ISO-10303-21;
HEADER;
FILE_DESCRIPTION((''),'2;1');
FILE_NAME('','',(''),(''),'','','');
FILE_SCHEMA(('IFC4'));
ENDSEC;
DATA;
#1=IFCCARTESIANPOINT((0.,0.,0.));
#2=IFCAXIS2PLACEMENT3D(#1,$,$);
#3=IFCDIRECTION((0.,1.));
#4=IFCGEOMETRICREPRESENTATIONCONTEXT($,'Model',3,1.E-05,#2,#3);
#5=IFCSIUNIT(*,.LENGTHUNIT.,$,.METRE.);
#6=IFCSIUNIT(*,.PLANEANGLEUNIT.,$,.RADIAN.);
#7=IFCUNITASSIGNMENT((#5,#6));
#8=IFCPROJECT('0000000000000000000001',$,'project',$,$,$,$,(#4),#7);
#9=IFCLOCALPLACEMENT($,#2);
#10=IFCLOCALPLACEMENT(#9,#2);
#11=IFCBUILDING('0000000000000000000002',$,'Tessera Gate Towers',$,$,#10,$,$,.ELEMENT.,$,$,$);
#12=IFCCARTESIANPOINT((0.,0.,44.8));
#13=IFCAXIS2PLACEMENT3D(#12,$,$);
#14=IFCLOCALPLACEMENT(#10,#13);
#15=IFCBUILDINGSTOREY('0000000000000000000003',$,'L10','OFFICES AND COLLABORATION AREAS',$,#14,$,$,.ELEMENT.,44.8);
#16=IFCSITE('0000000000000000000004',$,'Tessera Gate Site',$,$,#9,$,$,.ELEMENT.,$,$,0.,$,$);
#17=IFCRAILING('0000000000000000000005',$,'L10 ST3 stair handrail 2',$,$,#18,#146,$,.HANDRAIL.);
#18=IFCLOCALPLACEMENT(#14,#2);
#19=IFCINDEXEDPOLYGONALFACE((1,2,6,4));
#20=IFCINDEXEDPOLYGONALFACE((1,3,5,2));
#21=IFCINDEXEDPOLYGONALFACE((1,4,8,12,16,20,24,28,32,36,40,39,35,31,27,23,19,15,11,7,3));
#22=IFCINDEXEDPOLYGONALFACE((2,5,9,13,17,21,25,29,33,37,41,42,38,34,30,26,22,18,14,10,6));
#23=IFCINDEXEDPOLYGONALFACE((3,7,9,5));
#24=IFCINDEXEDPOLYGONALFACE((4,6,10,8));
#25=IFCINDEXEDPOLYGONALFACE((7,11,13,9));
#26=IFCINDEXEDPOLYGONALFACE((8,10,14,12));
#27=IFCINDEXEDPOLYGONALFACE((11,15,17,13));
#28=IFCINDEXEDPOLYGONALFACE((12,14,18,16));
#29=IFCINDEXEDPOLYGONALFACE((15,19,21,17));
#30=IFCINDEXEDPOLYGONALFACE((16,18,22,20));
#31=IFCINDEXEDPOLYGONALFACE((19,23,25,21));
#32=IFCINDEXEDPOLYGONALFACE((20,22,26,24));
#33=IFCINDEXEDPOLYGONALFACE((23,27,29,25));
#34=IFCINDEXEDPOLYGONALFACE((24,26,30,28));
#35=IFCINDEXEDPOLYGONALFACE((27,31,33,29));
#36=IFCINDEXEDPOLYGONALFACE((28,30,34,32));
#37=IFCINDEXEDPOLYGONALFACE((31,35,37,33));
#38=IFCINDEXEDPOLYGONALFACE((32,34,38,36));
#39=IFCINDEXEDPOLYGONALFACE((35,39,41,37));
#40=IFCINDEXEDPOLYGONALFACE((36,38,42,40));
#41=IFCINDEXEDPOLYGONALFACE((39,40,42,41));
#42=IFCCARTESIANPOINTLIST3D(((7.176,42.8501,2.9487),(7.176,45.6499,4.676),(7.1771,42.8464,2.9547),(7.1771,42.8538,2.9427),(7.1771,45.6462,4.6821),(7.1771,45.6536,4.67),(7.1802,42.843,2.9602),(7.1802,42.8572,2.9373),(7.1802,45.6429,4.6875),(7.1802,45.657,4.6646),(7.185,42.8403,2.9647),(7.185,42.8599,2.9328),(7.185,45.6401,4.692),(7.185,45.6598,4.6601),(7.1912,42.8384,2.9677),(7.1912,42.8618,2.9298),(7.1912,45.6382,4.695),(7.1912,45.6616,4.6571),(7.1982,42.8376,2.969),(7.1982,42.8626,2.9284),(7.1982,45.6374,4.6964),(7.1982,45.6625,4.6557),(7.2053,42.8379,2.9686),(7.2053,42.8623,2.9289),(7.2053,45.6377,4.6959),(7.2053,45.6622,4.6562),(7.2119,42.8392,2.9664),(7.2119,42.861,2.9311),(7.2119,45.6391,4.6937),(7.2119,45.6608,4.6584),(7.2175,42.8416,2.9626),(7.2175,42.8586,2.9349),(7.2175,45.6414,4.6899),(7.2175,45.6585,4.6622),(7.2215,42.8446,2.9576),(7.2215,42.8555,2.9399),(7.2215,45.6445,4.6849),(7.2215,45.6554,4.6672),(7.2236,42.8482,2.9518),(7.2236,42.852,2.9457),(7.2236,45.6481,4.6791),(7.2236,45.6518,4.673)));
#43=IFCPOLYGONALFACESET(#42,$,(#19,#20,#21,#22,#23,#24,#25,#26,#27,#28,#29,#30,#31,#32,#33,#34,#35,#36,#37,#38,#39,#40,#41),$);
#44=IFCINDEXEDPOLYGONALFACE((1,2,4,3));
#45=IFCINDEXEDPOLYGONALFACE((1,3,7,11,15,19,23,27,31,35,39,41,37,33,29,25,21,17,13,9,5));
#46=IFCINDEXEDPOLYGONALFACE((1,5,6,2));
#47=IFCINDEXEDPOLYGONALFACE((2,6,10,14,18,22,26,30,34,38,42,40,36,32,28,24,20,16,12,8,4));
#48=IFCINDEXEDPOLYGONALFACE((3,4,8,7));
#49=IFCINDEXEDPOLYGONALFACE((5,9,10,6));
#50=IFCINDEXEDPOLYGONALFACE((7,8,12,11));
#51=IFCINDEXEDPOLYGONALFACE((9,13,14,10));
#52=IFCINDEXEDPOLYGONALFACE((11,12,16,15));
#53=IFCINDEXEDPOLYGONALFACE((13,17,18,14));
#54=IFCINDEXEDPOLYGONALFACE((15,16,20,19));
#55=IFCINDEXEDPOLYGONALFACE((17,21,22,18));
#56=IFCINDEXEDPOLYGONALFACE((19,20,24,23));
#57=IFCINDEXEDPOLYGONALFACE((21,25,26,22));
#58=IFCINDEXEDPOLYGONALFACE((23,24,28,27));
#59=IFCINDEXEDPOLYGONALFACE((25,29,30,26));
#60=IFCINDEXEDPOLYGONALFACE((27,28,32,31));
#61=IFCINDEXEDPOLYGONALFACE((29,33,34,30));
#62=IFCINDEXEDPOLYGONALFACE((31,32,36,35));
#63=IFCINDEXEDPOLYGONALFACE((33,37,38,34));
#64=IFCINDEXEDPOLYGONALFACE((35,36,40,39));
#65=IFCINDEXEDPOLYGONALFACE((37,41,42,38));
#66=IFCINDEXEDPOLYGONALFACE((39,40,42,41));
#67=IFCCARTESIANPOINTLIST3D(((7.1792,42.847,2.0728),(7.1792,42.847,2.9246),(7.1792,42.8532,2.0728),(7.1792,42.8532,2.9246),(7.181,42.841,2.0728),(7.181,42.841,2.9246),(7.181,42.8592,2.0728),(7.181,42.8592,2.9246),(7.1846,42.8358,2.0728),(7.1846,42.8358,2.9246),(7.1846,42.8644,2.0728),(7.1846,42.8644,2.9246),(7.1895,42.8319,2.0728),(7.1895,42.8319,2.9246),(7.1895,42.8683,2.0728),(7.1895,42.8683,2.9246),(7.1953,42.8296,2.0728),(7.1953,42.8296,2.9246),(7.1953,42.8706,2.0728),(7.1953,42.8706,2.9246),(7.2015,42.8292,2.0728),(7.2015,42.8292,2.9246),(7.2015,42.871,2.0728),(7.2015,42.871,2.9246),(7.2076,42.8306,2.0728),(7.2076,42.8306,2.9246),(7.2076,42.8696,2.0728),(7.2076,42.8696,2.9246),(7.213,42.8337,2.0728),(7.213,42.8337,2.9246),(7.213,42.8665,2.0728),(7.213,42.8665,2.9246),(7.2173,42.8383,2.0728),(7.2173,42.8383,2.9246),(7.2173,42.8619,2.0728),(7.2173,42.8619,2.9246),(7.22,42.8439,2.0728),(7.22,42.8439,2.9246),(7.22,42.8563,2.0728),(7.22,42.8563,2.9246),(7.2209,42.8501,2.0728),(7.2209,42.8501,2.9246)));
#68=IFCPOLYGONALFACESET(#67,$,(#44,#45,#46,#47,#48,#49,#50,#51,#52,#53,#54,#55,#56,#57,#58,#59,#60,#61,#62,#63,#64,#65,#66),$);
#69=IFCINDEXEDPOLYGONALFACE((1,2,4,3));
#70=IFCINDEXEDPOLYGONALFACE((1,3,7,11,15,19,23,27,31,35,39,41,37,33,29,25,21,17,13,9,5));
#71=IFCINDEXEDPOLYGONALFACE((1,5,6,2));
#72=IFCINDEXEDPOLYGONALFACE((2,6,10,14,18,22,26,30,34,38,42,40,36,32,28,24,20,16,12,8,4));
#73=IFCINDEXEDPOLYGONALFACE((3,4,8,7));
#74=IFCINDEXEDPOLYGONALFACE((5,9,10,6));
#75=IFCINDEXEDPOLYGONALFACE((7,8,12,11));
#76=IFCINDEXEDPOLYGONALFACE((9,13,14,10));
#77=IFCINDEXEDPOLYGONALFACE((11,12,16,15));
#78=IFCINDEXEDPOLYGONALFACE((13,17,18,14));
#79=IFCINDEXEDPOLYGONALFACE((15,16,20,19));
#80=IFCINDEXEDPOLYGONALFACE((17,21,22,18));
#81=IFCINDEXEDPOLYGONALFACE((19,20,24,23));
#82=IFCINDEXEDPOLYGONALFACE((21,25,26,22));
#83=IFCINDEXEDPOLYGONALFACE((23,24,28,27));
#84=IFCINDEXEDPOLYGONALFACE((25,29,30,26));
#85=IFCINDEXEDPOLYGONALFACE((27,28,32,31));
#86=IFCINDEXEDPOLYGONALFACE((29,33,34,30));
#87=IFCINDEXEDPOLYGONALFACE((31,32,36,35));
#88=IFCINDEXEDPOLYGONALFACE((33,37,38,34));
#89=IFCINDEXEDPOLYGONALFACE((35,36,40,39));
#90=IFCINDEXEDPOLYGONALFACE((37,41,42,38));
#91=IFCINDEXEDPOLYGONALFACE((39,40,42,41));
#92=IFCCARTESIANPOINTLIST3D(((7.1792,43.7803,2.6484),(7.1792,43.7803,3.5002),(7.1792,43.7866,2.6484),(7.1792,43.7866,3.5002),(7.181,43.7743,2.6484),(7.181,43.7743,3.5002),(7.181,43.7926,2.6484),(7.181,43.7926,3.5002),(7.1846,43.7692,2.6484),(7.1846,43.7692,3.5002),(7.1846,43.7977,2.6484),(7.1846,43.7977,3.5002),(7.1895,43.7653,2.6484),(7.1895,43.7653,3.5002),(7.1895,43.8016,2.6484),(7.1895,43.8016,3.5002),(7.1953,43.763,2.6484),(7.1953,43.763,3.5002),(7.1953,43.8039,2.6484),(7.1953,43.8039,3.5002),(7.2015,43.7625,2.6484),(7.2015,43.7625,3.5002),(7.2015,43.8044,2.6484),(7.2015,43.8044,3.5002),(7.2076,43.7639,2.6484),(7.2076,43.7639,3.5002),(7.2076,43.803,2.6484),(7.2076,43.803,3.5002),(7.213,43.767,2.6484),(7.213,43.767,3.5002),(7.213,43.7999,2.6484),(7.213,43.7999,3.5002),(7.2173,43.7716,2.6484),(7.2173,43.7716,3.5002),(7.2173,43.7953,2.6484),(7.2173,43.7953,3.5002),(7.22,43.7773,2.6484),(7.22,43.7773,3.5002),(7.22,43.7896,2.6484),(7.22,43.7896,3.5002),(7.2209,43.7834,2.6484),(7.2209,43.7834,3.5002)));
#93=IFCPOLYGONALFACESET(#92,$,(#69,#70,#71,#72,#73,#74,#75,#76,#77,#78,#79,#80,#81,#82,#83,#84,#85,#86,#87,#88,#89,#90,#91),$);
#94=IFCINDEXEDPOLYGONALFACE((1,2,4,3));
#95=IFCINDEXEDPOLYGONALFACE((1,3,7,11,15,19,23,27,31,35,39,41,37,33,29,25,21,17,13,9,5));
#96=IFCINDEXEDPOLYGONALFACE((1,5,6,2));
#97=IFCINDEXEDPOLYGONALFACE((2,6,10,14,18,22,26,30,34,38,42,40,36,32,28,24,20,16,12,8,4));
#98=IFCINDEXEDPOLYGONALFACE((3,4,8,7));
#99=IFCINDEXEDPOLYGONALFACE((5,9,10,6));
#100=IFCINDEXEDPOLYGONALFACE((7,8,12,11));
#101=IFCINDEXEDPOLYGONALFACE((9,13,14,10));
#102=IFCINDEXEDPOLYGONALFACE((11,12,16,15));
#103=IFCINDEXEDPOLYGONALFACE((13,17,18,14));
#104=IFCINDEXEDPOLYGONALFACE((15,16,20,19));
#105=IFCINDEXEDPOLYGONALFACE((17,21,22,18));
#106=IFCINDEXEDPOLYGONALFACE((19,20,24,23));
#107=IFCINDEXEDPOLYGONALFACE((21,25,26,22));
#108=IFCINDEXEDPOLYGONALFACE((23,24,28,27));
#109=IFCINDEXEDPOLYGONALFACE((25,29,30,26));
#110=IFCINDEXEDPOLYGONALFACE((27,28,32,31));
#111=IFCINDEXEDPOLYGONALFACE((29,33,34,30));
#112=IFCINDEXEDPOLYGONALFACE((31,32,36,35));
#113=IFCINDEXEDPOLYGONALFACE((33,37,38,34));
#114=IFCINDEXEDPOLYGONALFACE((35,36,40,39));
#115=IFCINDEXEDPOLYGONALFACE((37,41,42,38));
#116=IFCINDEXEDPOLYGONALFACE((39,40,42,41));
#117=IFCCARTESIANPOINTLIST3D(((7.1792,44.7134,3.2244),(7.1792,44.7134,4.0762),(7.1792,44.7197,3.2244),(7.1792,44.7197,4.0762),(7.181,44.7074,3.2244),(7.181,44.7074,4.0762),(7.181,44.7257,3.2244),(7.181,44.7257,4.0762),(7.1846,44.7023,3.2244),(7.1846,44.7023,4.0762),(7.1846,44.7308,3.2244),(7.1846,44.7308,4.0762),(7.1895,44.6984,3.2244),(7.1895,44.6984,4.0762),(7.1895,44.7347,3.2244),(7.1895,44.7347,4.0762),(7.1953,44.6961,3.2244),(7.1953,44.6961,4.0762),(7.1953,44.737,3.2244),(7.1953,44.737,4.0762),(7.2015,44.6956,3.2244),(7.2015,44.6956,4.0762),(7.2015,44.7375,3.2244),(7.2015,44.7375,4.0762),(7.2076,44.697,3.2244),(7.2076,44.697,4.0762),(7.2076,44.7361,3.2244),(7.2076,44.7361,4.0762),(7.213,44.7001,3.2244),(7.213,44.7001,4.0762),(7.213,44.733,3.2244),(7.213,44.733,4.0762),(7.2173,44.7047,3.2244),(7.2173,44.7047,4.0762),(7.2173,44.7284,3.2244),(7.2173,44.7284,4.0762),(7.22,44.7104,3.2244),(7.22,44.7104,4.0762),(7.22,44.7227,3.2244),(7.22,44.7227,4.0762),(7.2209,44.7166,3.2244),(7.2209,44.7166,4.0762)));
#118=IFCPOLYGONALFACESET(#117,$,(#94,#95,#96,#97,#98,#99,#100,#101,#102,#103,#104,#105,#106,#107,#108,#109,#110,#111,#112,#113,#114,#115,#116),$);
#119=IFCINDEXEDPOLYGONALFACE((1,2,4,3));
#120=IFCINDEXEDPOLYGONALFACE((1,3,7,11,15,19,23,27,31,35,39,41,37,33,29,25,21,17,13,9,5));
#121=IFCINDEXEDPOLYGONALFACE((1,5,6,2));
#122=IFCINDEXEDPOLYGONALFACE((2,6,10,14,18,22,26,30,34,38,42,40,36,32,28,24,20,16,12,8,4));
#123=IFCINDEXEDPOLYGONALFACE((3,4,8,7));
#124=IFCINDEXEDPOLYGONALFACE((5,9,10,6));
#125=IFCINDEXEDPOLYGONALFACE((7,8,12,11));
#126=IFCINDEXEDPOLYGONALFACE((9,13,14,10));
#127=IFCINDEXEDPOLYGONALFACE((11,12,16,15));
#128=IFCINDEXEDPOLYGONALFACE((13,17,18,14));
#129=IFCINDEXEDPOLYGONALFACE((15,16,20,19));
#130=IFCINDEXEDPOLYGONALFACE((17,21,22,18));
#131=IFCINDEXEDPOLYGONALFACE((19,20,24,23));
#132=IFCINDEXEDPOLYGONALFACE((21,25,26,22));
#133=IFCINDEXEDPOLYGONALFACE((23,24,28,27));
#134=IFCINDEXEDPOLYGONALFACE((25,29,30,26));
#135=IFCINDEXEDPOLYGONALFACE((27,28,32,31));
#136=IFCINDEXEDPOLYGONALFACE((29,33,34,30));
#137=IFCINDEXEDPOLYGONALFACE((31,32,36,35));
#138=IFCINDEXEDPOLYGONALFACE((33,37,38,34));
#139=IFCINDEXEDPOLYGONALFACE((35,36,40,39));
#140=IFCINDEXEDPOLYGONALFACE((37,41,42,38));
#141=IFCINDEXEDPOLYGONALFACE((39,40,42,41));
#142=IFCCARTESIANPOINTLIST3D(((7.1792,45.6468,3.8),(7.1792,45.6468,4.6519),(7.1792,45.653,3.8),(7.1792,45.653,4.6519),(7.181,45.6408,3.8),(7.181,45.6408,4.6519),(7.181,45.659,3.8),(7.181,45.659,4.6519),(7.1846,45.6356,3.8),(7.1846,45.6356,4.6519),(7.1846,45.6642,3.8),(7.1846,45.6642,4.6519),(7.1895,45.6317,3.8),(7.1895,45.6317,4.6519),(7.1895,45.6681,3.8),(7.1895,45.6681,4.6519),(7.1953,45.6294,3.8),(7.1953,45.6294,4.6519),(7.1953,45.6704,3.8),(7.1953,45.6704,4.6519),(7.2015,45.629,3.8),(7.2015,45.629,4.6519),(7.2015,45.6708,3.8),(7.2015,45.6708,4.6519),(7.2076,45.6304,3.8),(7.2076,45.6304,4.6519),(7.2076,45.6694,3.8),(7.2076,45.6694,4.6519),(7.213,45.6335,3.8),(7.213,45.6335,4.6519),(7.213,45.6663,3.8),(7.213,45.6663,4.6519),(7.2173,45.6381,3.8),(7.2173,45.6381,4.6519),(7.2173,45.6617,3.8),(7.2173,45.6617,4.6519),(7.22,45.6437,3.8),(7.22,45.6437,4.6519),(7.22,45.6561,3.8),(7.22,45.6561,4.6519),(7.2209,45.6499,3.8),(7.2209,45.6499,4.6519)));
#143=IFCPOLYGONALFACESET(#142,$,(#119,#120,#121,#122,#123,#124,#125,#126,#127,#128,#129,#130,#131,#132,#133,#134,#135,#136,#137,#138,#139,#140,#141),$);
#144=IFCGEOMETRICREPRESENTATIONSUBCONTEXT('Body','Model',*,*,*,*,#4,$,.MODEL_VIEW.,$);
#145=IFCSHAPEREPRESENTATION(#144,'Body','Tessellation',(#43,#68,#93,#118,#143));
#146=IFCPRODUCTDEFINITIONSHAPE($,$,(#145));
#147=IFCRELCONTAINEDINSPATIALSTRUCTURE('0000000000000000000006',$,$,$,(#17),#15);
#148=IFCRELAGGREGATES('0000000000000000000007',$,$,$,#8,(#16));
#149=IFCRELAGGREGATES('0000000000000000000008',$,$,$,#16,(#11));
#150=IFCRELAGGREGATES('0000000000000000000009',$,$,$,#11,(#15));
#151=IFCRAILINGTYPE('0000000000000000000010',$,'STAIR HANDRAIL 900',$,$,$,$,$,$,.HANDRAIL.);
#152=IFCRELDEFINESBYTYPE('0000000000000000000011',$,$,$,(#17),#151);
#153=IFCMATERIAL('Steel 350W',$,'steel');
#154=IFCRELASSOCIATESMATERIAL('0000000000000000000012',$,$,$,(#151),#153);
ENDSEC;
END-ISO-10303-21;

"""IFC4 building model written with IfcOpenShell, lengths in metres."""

from ifc_helpers import new_model, si_unit, direction, frame, origin, origin_2d, place, context, subcontext, project, spatial, circle, extrude, material, type_object, element, save


model = new_model("IFC4")

# Units and contexts
model_context = context("Model", 3, precision=1e-05, world=origin(), true_north=direction((0.0, 1.0)))
body_context = subcontext(model_context, "Body", "Model", "MODEL_VIEW")
ifc_project = project(units=[si_unit("LENGTHUNIT", "METRE"), si_unit("PLANEANGLEUNIT", "RADIAN")], contexts=[model_context])

# Site, building, storey
site_placement = place(None, origin())
site = spatial("IfcSite", under=ifc_project, at=site_placement, Name="Tessera Gate Site", CompositionType="ELEMENT", RefElevation=0.0)
building_placement = place(site_placement, origin())
building = spatial("IfcBuilding", under=site, at=building_placement, Name="Tessera Gate Towers", CompositionType="ELEMENT")
storey_placement = place(building_placement, frame((0.0, 0.0, 44.8)))
storey = spatial("IfcBuildingStorey", under=building, at=storey_placement, Name="L10", Description="OFFICES AND COLLABORATION AREAS", CompositionType="ELEMENT", Elevation=44.8)

# Railing
ifc_material_1 = material(Name="Steel 350W", Category="steel")
railing_type_1 = type_object("IfcRailingType", Name="STAIR HANDRAIL 900", PredefinedType="HANDRAIL", material=ifc_material_1)
railing_1_placement = place(storey_placement, frame((7.2, 42.8501, 2.0728)))
element("IfcRailing", 1, at=railing_1_placement, inside=storey, type_object=railing_type_1, Name="L10 ST3 stair handrail 2", PredefinedType="HANDRAIL", context=body_context, shape_type="SweptSolid", body=[
    extrude(circle(Radius=0.0239, at=origin_2d()), frame((0.0, 0.0, 0.876), z_axis=(0.0, 0.851069, 0.525054), x_axis=(-1.0, 0.0, 0.0)), (0.0, 0.0, 1.0), 3.2898),
    extrude(circle(Radius=0.021, at=origin_2d()), origin(), (0.0, 0.0, 1.0), 0.8518),
    extrude(circle(Radius=0.021, at=origin_2d()), frame((0.0, 0.9333, 0.5757)), (0.0, 0.0, 1.0), 0.8518),
    extrude(circle(Radius=0.021, at=origin_2d()), frame((0.0, 1.8665, 1.1516)), (0.0, 0.0, 1.0), 0.8518),
    extrude(circle(Radius=0.021, at=origin_2d()), frame((0.0, 2.7998, 1.7273)), (0.0, 0.0, 1.0), 0.8518),
])

save(model, "model.ifc")
